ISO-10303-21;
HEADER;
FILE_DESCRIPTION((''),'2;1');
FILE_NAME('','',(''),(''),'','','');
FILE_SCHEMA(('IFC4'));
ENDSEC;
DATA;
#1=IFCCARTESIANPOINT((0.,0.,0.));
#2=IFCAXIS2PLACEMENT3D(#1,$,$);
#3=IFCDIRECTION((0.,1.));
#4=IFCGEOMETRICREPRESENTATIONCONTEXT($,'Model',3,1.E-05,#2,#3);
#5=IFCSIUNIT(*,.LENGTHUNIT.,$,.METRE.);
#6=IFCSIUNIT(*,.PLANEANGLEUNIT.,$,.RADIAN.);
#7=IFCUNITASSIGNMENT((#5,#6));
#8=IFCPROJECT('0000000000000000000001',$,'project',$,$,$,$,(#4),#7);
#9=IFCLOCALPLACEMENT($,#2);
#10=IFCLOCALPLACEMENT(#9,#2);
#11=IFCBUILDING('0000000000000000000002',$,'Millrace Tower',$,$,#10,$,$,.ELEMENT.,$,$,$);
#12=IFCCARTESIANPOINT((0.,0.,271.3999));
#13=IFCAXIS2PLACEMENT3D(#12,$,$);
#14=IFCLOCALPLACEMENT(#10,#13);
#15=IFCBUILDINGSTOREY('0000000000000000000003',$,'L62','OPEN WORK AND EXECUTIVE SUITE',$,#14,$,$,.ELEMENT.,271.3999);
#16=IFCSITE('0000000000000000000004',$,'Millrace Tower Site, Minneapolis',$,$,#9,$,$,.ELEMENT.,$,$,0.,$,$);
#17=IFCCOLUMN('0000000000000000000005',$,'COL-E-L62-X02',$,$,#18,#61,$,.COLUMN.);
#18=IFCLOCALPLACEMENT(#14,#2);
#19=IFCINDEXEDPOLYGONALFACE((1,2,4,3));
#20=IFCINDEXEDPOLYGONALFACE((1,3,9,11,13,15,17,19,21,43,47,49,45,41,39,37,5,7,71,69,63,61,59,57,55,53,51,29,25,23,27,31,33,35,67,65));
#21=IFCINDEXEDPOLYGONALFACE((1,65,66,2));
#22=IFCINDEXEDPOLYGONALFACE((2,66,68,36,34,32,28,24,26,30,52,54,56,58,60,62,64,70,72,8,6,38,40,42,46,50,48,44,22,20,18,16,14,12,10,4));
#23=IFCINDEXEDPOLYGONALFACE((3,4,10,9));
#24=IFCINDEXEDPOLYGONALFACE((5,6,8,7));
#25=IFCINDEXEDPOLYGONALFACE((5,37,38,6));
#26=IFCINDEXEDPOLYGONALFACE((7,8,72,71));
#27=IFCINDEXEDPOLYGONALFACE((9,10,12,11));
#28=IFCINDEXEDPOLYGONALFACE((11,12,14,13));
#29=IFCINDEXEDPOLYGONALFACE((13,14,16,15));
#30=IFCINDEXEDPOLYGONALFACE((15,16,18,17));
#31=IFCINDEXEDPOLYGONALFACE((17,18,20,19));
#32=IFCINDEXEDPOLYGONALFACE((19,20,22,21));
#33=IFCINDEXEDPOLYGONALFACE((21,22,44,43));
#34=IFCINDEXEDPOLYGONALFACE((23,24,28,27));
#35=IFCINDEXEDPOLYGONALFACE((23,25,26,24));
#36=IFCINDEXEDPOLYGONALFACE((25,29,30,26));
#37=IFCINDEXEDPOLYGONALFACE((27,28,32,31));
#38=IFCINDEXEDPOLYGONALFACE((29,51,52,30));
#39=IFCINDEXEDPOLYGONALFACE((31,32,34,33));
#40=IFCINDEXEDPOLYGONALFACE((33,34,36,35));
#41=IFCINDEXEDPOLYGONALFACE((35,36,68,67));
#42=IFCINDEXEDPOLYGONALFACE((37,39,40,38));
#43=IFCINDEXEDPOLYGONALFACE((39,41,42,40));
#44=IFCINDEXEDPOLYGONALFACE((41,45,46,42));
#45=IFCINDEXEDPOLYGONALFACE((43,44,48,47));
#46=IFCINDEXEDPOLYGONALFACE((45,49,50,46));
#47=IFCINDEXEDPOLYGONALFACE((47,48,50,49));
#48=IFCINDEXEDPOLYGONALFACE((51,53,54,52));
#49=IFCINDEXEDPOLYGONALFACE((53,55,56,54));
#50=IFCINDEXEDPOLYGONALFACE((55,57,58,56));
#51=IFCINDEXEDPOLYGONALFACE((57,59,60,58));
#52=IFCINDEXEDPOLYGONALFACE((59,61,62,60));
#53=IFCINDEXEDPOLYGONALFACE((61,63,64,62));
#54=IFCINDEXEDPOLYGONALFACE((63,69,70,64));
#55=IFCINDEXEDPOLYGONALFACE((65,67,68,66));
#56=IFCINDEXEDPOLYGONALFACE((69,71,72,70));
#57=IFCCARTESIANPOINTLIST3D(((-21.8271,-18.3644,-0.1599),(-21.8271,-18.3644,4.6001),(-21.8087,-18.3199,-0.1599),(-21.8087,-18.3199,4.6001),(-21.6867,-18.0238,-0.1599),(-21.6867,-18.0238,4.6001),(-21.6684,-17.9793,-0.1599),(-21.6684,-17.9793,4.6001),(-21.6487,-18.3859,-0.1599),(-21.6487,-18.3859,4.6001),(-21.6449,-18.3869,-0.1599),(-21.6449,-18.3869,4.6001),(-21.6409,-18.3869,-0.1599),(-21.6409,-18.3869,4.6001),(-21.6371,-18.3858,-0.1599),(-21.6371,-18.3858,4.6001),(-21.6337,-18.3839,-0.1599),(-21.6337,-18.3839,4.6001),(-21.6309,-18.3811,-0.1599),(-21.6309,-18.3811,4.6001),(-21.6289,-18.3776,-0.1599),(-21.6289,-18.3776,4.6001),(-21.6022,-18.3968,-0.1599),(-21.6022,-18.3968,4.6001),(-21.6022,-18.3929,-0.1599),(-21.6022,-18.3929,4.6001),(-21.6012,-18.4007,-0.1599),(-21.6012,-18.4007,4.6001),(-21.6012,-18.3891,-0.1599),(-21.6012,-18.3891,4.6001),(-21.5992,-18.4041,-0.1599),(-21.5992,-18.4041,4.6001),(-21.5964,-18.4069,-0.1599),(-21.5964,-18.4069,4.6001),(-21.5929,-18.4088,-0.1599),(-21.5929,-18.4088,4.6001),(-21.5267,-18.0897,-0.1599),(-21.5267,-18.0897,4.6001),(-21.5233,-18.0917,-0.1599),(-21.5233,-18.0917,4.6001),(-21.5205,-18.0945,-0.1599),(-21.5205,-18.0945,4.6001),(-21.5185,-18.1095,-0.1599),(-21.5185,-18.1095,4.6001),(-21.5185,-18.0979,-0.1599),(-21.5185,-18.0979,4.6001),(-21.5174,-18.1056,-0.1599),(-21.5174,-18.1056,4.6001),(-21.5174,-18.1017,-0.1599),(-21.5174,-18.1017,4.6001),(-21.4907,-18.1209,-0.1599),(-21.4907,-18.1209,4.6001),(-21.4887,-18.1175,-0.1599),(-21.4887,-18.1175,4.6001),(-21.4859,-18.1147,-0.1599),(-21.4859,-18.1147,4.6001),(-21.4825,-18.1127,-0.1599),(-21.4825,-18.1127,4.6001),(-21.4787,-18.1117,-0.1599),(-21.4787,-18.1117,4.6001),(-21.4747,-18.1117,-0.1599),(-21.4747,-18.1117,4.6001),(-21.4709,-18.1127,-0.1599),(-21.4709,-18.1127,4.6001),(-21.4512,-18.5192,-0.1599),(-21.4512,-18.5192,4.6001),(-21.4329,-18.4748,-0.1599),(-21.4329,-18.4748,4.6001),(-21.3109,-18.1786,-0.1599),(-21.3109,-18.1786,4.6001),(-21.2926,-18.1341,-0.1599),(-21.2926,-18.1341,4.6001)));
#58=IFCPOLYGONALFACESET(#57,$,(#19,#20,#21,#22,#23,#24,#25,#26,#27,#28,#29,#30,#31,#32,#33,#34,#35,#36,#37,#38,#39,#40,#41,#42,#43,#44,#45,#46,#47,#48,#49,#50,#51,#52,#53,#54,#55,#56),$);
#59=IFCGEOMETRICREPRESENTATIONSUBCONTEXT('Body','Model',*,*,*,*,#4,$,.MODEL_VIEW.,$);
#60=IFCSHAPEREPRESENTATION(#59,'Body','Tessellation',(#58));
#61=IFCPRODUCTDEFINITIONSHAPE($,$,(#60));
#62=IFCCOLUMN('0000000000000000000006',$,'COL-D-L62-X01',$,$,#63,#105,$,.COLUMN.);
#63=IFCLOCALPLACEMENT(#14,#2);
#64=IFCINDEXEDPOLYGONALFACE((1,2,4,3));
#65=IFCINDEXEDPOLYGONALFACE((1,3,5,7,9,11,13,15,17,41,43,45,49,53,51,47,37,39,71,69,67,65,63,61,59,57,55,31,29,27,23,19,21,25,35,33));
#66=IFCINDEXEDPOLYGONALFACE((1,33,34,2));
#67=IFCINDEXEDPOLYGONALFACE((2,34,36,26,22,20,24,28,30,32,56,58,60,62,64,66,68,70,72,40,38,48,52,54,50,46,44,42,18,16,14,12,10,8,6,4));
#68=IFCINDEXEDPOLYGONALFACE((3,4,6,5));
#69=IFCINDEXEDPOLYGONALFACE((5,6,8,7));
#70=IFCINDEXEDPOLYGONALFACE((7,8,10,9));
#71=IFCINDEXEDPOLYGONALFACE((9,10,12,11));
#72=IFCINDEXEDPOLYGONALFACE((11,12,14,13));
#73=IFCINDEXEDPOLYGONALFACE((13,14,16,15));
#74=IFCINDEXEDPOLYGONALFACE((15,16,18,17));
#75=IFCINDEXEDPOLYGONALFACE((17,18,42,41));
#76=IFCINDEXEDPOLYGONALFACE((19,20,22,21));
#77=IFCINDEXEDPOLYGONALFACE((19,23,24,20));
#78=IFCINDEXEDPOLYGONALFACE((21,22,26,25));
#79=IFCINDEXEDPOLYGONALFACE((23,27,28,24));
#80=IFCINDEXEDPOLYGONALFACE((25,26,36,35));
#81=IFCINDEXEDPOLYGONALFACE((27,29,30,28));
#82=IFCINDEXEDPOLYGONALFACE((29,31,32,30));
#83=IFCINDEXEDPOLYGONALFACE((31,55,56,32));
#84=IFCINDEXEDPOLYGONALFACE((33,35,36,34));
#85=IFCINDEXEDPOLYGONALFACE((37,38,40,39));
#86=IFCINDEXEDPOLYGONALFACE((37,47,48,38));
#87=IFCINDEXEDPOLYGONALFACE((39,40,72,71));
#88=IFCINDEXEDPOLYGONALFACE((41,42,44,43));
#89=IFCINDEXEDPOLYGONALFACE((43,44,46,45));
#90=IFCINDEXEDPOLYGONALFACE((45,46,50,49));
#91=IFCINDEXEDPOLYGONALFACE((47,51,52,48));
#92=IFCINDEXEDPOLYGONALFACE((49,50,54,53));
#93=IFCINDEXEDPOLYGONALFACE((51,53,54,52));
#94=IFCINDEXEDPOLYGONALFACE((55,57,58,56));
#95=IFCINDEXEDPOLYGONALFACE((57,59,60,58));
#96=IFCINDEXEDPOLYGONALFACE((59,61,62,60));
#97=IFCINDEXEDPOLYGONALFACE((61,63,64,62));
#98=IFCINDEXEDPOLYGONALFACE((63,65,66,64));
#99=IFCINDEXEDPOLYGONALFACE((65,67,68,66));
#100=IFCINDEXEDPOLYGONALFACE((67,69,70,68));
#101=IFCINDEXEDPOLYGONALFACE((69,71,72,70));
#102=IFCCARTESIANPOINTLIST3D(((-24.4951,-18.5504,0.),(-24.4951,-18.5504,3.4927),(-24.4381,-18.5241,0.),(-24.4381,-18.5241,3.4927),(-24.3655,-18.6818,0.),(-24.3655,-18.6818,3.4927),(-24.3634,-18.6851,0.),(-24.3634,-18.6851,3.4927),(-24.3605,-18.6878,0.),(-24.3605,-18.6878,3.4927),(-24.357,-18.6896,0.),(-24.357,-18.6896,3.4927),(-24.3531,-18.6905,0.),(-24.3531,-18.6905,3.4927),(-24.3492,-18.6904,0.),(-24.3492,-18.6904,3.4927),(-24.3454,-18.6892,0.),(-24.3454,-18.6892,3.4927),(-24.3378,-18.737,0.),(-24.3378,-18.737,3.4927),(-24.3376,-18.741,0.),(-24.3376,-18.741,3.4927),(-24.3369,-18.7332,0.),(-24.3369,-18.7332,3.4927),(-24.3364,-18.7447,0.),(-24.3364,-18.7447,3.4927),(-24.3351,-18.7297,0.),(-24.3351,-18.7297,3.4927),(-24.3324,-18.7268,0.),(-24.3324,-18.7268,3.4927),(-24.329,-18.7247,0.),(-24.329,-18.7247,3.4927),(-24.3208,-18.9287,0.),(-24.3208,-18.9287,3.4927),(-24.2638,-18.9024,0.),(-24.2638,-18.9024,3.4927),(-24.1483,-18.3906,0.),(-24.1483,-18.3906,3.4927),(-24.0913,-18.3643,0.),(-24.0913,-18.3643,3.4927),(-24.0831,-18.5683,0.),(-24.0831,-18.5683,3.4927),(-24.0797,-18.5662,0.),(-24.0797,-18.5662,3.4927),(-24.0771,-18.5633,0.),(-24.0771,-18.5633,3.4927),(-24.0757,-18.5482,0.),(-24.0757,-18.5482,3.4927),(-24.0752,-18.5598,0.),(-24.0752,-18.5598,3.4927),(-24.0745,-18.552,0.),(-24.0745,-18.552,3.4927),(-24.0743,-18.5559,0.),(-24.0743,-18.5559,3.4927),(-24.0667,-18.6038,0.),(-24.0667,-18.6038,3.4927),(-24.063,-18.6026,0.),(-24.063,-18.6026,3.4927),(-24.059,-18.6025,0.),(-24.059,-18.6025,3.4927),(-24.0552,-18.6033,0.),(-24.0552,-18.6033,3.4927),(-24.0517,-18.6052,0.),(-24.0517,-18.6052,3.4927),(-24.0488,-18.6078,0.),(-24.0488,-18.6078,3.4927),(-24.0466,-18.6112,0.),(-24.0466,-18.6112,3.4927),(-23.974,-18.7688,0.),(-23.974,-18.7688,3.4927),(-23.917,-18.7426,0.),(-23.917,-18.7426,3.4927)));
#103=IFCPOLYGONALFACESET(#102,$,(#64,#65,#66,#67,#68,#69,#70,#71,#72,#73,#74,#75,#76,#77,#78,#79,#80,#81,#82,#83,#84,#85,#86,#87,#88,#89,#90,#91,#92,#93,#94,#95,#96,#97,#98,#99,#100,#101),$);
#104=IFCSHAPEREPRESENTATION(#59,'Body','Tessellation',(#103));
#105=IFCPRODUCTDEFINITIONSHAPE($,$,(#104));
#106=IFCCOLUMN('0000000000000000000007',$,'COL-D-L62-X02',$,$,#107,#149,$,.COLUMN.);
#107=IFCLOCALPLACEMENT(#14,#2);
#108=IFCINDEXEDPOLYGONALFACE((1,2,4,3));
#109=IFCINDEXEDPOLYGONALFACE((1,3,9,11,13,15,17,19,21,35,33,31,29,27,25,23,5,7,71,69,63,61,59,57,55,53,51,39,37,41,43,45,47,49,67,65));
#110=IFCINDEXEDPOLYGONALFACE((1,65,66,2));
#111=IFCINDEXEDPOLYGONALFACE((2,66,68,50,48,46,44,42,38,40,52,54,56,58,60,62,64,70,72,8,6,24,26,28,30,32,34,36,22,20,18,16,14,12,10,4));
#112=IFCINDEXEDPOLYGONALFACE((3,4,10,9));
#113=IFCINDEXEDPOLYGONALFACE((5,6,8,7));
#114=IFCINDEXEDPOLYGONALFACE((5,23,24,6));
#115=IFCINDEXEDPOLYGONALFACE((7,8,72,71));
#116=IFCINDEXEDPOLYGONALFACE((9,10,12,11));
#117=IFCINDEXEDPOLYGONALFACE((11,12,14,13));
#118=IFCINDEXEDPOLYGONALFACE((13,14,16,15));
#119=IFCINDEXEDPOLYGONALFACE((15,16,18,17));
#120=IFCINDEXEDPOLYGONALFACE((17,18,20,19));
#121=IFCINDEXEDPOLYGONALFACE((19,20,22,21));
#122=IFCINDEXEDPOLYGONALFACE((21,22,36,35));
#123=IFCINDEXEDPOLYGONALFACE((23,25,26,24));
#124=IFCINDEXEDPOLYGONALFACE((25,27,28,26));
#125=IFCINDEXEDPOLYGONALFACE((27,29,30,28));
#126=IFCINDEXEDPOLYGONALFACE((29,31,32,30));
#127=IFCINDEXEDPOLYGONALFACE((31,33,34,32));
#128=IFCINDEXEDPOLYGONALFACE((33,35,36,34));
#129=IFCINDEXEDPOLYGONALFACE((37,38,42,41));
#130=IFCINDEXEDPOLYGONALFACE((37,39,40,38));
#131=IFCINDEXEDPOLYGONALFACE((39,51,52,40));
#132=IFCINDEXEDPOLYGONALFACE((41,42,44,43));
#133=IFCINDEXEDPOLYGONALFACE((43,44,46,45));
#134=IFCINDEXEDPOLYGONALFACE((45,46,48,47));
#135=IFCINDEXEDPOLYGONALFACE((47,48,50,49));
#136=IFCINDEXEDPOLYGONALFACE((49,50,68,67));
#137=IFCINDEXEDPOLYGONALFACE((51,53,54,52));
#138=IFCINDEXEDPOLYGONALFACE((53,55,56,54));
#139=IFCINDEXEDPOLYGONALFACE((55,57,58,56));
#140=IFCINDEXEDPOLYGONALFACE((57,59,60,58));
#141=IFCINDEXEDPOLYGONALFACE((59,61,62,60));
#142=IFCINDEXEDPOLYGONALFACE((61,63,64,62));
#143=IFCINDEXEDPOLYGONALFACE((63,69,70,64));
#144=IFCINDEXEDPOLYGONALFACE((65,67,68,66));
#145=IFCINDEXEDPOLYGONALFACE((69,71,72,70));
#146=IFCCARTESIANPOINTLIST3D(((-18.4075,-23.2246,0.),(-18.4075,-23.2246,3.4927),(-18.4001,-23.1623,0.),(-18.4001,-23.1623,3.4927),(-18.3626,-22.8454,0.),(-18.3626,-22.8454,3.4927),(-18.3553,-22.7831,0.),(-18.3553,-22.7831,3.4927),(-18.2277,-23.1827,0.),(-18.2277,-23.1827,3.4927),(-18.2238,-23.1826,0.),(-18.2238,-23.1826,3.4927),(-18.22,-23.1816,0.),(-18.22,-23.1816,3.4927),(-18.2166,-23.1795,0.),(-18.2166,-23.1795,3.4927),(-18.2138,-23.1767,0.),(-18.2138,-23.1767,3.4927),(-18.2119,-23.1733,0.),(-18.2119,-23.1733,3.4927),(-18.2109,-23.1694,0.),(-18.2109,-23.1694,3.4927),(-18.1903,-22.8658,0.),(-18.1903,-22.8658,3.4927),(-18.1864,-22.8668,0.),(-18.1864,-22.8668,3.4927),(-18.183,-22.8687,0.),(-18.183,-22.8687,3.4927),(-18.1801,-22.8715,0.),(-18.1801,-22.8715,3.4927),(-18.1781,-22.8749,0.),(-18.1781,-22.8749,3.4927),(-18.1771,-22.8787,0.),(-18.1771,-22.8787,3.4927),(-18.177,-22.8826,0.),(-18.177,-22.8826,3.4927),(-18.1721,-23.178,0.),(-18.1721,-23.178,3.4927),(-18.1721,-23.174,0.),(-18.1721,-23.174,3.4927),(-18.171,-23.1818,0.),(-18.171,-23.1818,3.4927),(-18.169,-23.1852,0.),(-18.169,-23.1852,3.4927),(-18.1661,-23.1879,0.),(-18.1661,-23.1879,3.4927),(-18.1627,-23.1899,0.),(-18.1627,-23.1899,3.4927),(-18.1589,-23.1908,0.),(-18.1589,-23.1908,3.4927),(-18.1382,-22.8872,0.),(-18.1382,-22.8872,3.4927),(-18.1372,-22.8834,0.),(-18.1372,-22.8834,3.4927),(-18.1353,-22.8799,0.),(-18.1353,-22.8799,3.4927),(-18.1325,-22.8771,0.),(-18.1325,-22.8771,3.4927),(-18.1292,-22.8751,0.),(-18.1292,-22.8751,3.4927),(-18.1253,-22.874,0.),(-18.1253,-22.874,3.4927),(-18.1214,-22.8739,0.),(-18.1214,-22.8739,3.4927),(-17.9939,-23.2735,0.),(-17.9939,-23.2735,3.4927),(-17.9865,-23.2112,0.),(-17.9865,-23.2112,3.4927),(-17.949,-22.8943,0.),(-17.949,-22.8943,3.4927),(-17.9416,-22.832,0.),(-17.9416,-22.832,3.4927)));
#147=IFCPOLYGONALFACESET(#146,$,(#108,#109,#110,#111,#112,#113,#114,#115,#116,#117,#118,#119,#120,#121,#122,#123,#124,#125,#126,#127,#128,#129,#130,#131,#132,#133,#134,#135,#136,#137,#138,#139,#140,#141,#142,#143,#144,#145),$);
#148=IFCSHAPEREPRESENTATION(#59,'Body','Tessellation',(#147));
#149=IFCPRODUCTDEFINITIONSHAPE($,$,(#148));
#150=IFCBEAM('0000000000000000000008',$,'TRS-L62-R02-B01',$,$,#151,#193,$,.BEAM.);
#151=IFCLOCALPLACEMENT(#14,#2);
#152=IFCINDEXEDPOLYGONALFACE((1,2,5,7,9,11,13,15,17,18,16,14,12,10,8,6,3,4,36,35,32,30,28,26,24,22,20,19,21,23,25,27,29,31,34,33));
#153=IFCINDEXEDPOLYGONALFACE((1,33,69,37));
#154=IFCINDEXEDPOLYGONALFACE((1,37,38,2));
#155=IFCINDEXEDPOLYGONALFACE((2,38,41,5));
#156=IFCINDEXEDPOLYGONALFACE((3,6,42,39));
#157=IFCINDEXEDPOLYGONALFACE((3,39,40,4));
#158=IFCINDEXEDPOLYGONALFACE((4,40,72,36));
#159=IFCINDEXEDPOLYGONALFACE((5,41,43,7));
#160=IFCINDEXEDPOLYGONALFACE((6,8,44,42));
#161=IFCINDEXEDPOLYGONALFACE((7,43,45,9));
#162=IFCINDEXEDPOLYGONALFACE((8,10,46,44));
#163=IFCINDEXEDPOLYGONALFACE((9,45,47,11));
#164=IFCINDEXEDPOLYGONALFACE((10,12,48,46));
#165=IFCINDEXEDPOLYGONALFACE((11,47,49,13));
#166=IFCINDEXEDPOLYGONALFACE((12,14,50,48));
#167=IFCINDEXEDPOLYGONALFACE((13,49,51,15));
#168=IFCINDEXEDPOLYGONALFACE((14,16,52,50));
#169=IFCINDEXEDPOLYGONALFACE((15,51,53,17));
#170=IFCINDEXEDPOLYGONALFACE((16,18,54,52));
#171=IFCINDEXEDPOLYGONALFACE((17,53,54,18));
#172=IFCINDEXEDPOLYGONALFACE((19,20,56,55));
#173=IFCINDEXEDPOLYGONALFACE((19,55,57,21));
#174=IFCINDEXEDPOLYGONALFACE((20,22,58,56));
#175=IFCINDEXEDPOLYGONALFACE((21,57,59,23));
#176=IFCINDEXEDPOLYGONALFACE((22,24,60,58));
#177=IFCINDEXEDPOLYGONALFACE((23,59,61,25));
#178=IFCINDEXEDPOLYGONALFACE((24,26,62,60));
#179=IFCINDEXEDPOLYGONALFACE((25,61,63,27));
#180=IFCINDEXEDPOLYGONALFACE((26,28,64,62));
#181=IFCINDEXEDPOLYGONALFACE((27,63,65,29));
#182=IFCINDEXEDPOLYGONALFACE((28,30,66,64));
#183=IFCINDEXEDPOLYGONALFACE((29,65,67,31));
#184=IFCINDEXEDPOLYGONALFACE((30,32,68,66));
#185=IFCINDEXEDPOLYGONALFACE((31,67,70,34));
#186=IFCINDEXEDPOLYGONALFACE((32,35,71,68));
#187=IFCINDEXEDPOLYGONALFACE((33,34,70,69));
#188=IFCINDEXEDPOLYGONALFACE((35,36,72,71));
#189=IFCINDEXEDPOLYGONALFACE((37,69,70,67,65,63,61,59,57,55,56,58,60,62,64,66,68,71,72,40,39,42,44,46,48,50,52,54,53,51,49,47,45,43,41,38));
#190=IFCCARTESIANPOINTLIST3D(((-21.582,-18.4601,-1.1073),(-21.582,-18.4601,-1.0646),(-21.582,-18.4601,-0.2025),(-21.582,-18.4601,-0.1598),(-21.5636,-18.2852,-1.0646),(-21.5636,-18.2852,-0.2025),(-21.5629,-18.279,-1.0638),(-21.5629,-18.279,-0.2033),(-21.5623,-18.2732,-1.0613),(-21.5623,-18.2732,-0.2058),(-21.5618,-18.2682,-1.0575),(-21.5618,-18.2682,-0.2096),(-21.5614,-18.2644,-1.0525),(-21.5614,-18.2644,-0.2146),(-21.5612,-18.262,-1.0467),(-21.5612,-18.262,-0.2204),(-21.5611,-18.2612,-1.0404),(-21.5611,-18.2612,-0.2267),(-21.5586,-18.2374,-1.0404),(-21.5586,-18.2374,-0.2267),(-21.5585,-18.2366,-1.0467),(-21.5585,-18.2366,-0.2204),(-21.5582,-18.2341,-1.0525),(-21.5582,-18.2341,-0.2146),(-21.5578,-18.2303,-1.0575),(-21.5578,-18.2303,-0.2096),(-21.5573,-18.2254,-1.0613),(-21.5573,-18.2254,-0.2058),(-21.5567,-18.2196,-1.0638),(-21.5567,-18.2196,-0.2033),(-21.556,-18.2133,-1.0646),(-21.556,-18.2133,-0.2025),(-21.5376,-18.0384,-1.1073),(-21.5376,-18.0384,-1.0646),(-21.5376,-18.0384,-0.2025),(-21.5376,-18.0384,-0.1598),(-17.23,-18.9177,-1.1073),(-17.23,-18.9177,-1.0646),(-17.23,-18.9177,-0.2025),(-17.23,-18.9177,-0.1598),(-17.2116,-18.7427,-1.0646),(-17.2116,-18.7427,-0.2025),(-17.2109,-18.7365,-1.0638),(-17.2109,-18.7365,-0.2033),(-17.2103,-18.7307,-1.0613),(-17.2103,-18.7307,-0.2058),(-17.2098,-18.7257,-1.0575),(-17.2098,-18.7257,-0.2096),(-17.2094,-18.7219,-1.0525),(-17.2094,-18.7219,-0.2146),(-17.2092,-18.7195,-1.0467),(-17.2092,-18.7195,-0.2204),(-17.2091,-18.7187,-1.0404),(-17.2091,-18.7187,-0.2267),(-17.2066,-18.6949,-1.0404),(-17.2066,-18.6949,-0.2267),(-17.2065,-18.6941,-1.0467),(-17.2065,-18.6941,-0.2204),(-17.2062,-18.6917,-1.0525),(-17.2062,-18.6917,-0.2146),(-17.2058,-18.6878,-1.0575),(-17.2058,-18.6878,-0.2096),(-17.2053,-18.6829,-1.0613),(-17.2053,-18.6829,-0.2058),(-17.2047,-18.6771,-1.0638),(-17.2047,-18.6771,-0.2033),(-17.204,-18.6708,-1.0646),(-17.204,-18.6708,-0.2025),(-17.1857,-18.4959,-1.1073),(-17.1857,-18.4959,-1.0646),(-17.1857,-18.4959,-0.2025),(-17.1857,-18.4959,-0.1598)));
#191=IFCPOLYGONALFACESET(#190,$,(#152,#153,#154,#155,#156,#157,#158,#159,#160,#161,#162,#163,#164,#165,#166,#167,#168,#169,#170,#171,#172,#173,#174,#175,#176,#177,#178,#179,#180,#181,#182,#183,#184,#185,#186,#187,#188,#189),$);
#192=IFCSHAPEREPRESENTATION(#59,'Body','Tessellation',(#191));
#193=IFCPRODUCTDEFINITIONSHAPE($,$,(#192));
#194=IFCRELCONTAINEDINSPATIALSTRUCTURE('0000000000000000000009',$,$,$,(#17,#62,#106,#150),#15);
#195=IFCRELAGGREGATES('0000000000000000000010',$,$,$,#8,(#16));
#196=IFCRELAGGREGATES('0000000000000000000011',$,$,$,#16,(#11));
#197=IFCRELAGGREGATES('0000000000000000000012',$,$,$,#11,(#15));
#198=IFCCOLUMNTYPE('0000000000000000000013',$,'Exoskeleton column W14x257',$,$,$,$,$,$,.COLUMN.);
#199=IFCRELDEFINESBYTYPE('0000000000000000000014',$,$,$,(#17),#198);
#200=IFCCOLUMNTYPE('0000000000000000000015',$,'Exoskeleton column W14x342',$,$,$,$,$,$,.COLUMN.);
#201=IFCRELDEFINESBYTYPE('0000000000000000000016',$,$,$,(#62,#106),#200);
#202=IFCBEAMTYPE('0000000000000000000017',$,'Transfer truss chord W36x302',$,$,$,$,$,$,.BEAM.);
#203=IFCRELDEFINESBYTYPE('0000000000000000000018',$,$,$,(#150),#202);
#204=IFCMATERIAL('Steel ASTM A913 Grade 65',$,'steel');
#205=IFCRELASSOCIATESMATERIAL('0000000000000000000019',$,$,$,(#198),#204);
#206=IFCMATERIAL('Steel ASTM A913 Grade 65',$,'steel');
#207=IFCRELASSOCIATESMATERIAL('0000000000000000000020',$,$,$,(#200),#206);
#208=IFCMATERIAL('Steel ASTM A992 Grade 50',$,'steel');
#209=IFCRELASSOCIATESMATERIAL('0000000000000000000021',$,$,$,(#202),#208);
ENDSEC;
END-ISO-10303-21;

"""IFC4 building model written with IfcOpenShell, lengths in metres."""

from ifc_helpers import new_model, si_unit, direction, frame, origin, origin_2d, place, context, subcontext, project, spatial, i_section, extrude, material, material_profile, profile_set, type_object, element, save


model = new_model("IFC4")

# Units and contexts
model_context = context("Model", 3, precision=1e-05, world=origin(), true_north=direction((0.0, 1.0)))
body_context = subcontext(model_context, "Body", "Model", "MODEL_VIEW")
ifc_project = project(units=[si_unit("LENGTHUNIT", "METRE"), si_unit("PLANEANGLEUNIT", "RADIAN")], contexts=[model_context])

# Site, building, storey
site_placement = place(None, origin())
site = spatial("IfcSite", under=ifc_project, at=site_placement, Name="Millrace Tower Site, Minneapolis", CompositionType="ELEMENT", RefElevation=0.0)
building_placement = place(site_placement, origin())
building = spatial("IfcBuilding", under=site, at=building_placement, Name="Millrace Tower", CompositionType="ELEMENT")
storey_placement = place(building_placement, frame((0.0, 0.0, 271.3999)))
storey = spatial("IfcBuildingStorey", under=building, at=storey_placement, Name="L62", Description="OPEN WORK AND EXECUTIVE SUITE", CompositionType="ELEMENT", Elevation=271.3999)

# Columns
ifc_material_1 = material(Name="Steel ASTM A913 Grade 65", Category="steel")
ifc_material_profile_1 = material_profile(ifc_material_1, i_section(OverallWidth=0.4065, OverallDepth=0.4165, WebThickness=0.03, FlangeThickness=0.0481, FilletRadius=0.0151, at=origin_2d()))
ifc_profile_set_1 = profile_set([ifc_material_profile_1], Name="Steel ASTM A913 Grade 65")
column_type_1 = type_object("IfcColumnType", Name="Exoskeleton column W14x257", PredefinedType="COLUMN", material=ifc_profile_set_1)
column_placement = place(storey_placement, frame((-21.5598, -18.2493, -0.1599), z_axis=(0.0, 0.0, 1.0), x_axis=(0.924597, -0.380947, 0.0)))
element("IfcColumn", 1, at=column_placement, inside=storey, type_object=column_type_1, Name="COL-E-L62-X02", PredefinedType="COLUMN", context=body_context, shape_type="SweptSolid", body=[
    extrude(i_section(OverallWidth=0.4065, OverallDepth=0.4165, WebThickness=0.03, FlangeThickness=0.0481, FilletRadius=0.0151, at=origin_2d()), origin(), (0.0, 0.0, 1.0), 4.76),
])
ifc_material_2 = material(Name="Steel ASTM A913 Grade 65", Category="steel")
ifc_material_profile_2 = material_profile(ifc_material_2, i_section(OverallWidth=0.4165, OverallDepth=0.4446, WebThickness=0.0391, FlangeThickness=0.0627, FilletRadius=0.0151, at=origin_2d()))
ifc_profile_set_2 = profile_set([ifc_material_profile_2], Name="Steel ASTM A913 Grade 65")
column_type_2 = type_object("IfcColumnType", Name="Exoskeleton column W14x342", PredefinedType="COLUMN", material=ifc_profile_set_2)
for number, where, z_axis, x_axis, name in (
    (2, (-24.2061, -18.6465, 0.0), (0.0, 0.0, 1.0), (0.418553, -0.908192, 0.0), "COL-D-L62-X01"),
    (3, (-18.1746, -23.0283, 0.0), (0.0, 0.0, 1.0), (0.993082, -0.117421, 0.0), "COL-D-L62-X02"),
):
    element("IfcColumn", number, at=place(storey_placement, frame(where, z_axis=z_axis, x_axis=x_axis)), inside=storey, type_object=column_type_2, Name=name, PredefinedType="COLUMN", context=body_context, shape_type="SweptSolid", body=[
        extrude(i_section(OverallWidth=0.4165, OverallDepth=0.4446, WebThickness=0.0391, FlangeThickness=0.0627, FilletRadius=0.0151, at=origin_2d()), origin(), (0.0, 0.0, 1.0), 3.4927),
    ])

# Beam
ifc_material_3 = material(Name="Steel ASTM A992 Grade 50", Category="steel")
ifc_material_profile_3 = material_profile(ifc_material_3, i_section(OverallWidth=0.4241, OverallDepth=0.9475, WebThickness=0.0239, FlangeThickness=0.0427, FilletRadius=0.0242, at=origin_2d()))
ifc_profile_set_3 = profile_set([ifc_material_profile_3], Name="Steel ASTM A992 Grade 50")
beam_type = type_object("IfcBeamType", Name="Transfer truss chord W36x302", PredefinedType="BEAM", material=ifc_profile_set_3)
for number, where, z_axis, x_axis, name in (
    (4, (-21.5598, -18.2493, -0.6335), (0.99452, -0.104551, 0.0), (0.104551, 0.99452, 0.0), "TRS-L62-R02-B01"),
):
    element("IfcBeam", number, at=place(storey_placement, frame(where, z_axis=z_axis, x_axis=x_axis)), inside=storey, type_object=beam_type, Name=name, PredefinedType="BEAM", context=body_context, shape_type="SweptSolid", body=[
        extrude(i_section(OverallWidth=0.4241, OverallDepth=0.9475, WebThickness=0.0239, FlangeThickness=0.0427, FilletRadius=0.0242, at=origin_2d()), origin(), (0.0, 0.0, 1.0), 4.376),
    ])

save(model, "model.ifc")
